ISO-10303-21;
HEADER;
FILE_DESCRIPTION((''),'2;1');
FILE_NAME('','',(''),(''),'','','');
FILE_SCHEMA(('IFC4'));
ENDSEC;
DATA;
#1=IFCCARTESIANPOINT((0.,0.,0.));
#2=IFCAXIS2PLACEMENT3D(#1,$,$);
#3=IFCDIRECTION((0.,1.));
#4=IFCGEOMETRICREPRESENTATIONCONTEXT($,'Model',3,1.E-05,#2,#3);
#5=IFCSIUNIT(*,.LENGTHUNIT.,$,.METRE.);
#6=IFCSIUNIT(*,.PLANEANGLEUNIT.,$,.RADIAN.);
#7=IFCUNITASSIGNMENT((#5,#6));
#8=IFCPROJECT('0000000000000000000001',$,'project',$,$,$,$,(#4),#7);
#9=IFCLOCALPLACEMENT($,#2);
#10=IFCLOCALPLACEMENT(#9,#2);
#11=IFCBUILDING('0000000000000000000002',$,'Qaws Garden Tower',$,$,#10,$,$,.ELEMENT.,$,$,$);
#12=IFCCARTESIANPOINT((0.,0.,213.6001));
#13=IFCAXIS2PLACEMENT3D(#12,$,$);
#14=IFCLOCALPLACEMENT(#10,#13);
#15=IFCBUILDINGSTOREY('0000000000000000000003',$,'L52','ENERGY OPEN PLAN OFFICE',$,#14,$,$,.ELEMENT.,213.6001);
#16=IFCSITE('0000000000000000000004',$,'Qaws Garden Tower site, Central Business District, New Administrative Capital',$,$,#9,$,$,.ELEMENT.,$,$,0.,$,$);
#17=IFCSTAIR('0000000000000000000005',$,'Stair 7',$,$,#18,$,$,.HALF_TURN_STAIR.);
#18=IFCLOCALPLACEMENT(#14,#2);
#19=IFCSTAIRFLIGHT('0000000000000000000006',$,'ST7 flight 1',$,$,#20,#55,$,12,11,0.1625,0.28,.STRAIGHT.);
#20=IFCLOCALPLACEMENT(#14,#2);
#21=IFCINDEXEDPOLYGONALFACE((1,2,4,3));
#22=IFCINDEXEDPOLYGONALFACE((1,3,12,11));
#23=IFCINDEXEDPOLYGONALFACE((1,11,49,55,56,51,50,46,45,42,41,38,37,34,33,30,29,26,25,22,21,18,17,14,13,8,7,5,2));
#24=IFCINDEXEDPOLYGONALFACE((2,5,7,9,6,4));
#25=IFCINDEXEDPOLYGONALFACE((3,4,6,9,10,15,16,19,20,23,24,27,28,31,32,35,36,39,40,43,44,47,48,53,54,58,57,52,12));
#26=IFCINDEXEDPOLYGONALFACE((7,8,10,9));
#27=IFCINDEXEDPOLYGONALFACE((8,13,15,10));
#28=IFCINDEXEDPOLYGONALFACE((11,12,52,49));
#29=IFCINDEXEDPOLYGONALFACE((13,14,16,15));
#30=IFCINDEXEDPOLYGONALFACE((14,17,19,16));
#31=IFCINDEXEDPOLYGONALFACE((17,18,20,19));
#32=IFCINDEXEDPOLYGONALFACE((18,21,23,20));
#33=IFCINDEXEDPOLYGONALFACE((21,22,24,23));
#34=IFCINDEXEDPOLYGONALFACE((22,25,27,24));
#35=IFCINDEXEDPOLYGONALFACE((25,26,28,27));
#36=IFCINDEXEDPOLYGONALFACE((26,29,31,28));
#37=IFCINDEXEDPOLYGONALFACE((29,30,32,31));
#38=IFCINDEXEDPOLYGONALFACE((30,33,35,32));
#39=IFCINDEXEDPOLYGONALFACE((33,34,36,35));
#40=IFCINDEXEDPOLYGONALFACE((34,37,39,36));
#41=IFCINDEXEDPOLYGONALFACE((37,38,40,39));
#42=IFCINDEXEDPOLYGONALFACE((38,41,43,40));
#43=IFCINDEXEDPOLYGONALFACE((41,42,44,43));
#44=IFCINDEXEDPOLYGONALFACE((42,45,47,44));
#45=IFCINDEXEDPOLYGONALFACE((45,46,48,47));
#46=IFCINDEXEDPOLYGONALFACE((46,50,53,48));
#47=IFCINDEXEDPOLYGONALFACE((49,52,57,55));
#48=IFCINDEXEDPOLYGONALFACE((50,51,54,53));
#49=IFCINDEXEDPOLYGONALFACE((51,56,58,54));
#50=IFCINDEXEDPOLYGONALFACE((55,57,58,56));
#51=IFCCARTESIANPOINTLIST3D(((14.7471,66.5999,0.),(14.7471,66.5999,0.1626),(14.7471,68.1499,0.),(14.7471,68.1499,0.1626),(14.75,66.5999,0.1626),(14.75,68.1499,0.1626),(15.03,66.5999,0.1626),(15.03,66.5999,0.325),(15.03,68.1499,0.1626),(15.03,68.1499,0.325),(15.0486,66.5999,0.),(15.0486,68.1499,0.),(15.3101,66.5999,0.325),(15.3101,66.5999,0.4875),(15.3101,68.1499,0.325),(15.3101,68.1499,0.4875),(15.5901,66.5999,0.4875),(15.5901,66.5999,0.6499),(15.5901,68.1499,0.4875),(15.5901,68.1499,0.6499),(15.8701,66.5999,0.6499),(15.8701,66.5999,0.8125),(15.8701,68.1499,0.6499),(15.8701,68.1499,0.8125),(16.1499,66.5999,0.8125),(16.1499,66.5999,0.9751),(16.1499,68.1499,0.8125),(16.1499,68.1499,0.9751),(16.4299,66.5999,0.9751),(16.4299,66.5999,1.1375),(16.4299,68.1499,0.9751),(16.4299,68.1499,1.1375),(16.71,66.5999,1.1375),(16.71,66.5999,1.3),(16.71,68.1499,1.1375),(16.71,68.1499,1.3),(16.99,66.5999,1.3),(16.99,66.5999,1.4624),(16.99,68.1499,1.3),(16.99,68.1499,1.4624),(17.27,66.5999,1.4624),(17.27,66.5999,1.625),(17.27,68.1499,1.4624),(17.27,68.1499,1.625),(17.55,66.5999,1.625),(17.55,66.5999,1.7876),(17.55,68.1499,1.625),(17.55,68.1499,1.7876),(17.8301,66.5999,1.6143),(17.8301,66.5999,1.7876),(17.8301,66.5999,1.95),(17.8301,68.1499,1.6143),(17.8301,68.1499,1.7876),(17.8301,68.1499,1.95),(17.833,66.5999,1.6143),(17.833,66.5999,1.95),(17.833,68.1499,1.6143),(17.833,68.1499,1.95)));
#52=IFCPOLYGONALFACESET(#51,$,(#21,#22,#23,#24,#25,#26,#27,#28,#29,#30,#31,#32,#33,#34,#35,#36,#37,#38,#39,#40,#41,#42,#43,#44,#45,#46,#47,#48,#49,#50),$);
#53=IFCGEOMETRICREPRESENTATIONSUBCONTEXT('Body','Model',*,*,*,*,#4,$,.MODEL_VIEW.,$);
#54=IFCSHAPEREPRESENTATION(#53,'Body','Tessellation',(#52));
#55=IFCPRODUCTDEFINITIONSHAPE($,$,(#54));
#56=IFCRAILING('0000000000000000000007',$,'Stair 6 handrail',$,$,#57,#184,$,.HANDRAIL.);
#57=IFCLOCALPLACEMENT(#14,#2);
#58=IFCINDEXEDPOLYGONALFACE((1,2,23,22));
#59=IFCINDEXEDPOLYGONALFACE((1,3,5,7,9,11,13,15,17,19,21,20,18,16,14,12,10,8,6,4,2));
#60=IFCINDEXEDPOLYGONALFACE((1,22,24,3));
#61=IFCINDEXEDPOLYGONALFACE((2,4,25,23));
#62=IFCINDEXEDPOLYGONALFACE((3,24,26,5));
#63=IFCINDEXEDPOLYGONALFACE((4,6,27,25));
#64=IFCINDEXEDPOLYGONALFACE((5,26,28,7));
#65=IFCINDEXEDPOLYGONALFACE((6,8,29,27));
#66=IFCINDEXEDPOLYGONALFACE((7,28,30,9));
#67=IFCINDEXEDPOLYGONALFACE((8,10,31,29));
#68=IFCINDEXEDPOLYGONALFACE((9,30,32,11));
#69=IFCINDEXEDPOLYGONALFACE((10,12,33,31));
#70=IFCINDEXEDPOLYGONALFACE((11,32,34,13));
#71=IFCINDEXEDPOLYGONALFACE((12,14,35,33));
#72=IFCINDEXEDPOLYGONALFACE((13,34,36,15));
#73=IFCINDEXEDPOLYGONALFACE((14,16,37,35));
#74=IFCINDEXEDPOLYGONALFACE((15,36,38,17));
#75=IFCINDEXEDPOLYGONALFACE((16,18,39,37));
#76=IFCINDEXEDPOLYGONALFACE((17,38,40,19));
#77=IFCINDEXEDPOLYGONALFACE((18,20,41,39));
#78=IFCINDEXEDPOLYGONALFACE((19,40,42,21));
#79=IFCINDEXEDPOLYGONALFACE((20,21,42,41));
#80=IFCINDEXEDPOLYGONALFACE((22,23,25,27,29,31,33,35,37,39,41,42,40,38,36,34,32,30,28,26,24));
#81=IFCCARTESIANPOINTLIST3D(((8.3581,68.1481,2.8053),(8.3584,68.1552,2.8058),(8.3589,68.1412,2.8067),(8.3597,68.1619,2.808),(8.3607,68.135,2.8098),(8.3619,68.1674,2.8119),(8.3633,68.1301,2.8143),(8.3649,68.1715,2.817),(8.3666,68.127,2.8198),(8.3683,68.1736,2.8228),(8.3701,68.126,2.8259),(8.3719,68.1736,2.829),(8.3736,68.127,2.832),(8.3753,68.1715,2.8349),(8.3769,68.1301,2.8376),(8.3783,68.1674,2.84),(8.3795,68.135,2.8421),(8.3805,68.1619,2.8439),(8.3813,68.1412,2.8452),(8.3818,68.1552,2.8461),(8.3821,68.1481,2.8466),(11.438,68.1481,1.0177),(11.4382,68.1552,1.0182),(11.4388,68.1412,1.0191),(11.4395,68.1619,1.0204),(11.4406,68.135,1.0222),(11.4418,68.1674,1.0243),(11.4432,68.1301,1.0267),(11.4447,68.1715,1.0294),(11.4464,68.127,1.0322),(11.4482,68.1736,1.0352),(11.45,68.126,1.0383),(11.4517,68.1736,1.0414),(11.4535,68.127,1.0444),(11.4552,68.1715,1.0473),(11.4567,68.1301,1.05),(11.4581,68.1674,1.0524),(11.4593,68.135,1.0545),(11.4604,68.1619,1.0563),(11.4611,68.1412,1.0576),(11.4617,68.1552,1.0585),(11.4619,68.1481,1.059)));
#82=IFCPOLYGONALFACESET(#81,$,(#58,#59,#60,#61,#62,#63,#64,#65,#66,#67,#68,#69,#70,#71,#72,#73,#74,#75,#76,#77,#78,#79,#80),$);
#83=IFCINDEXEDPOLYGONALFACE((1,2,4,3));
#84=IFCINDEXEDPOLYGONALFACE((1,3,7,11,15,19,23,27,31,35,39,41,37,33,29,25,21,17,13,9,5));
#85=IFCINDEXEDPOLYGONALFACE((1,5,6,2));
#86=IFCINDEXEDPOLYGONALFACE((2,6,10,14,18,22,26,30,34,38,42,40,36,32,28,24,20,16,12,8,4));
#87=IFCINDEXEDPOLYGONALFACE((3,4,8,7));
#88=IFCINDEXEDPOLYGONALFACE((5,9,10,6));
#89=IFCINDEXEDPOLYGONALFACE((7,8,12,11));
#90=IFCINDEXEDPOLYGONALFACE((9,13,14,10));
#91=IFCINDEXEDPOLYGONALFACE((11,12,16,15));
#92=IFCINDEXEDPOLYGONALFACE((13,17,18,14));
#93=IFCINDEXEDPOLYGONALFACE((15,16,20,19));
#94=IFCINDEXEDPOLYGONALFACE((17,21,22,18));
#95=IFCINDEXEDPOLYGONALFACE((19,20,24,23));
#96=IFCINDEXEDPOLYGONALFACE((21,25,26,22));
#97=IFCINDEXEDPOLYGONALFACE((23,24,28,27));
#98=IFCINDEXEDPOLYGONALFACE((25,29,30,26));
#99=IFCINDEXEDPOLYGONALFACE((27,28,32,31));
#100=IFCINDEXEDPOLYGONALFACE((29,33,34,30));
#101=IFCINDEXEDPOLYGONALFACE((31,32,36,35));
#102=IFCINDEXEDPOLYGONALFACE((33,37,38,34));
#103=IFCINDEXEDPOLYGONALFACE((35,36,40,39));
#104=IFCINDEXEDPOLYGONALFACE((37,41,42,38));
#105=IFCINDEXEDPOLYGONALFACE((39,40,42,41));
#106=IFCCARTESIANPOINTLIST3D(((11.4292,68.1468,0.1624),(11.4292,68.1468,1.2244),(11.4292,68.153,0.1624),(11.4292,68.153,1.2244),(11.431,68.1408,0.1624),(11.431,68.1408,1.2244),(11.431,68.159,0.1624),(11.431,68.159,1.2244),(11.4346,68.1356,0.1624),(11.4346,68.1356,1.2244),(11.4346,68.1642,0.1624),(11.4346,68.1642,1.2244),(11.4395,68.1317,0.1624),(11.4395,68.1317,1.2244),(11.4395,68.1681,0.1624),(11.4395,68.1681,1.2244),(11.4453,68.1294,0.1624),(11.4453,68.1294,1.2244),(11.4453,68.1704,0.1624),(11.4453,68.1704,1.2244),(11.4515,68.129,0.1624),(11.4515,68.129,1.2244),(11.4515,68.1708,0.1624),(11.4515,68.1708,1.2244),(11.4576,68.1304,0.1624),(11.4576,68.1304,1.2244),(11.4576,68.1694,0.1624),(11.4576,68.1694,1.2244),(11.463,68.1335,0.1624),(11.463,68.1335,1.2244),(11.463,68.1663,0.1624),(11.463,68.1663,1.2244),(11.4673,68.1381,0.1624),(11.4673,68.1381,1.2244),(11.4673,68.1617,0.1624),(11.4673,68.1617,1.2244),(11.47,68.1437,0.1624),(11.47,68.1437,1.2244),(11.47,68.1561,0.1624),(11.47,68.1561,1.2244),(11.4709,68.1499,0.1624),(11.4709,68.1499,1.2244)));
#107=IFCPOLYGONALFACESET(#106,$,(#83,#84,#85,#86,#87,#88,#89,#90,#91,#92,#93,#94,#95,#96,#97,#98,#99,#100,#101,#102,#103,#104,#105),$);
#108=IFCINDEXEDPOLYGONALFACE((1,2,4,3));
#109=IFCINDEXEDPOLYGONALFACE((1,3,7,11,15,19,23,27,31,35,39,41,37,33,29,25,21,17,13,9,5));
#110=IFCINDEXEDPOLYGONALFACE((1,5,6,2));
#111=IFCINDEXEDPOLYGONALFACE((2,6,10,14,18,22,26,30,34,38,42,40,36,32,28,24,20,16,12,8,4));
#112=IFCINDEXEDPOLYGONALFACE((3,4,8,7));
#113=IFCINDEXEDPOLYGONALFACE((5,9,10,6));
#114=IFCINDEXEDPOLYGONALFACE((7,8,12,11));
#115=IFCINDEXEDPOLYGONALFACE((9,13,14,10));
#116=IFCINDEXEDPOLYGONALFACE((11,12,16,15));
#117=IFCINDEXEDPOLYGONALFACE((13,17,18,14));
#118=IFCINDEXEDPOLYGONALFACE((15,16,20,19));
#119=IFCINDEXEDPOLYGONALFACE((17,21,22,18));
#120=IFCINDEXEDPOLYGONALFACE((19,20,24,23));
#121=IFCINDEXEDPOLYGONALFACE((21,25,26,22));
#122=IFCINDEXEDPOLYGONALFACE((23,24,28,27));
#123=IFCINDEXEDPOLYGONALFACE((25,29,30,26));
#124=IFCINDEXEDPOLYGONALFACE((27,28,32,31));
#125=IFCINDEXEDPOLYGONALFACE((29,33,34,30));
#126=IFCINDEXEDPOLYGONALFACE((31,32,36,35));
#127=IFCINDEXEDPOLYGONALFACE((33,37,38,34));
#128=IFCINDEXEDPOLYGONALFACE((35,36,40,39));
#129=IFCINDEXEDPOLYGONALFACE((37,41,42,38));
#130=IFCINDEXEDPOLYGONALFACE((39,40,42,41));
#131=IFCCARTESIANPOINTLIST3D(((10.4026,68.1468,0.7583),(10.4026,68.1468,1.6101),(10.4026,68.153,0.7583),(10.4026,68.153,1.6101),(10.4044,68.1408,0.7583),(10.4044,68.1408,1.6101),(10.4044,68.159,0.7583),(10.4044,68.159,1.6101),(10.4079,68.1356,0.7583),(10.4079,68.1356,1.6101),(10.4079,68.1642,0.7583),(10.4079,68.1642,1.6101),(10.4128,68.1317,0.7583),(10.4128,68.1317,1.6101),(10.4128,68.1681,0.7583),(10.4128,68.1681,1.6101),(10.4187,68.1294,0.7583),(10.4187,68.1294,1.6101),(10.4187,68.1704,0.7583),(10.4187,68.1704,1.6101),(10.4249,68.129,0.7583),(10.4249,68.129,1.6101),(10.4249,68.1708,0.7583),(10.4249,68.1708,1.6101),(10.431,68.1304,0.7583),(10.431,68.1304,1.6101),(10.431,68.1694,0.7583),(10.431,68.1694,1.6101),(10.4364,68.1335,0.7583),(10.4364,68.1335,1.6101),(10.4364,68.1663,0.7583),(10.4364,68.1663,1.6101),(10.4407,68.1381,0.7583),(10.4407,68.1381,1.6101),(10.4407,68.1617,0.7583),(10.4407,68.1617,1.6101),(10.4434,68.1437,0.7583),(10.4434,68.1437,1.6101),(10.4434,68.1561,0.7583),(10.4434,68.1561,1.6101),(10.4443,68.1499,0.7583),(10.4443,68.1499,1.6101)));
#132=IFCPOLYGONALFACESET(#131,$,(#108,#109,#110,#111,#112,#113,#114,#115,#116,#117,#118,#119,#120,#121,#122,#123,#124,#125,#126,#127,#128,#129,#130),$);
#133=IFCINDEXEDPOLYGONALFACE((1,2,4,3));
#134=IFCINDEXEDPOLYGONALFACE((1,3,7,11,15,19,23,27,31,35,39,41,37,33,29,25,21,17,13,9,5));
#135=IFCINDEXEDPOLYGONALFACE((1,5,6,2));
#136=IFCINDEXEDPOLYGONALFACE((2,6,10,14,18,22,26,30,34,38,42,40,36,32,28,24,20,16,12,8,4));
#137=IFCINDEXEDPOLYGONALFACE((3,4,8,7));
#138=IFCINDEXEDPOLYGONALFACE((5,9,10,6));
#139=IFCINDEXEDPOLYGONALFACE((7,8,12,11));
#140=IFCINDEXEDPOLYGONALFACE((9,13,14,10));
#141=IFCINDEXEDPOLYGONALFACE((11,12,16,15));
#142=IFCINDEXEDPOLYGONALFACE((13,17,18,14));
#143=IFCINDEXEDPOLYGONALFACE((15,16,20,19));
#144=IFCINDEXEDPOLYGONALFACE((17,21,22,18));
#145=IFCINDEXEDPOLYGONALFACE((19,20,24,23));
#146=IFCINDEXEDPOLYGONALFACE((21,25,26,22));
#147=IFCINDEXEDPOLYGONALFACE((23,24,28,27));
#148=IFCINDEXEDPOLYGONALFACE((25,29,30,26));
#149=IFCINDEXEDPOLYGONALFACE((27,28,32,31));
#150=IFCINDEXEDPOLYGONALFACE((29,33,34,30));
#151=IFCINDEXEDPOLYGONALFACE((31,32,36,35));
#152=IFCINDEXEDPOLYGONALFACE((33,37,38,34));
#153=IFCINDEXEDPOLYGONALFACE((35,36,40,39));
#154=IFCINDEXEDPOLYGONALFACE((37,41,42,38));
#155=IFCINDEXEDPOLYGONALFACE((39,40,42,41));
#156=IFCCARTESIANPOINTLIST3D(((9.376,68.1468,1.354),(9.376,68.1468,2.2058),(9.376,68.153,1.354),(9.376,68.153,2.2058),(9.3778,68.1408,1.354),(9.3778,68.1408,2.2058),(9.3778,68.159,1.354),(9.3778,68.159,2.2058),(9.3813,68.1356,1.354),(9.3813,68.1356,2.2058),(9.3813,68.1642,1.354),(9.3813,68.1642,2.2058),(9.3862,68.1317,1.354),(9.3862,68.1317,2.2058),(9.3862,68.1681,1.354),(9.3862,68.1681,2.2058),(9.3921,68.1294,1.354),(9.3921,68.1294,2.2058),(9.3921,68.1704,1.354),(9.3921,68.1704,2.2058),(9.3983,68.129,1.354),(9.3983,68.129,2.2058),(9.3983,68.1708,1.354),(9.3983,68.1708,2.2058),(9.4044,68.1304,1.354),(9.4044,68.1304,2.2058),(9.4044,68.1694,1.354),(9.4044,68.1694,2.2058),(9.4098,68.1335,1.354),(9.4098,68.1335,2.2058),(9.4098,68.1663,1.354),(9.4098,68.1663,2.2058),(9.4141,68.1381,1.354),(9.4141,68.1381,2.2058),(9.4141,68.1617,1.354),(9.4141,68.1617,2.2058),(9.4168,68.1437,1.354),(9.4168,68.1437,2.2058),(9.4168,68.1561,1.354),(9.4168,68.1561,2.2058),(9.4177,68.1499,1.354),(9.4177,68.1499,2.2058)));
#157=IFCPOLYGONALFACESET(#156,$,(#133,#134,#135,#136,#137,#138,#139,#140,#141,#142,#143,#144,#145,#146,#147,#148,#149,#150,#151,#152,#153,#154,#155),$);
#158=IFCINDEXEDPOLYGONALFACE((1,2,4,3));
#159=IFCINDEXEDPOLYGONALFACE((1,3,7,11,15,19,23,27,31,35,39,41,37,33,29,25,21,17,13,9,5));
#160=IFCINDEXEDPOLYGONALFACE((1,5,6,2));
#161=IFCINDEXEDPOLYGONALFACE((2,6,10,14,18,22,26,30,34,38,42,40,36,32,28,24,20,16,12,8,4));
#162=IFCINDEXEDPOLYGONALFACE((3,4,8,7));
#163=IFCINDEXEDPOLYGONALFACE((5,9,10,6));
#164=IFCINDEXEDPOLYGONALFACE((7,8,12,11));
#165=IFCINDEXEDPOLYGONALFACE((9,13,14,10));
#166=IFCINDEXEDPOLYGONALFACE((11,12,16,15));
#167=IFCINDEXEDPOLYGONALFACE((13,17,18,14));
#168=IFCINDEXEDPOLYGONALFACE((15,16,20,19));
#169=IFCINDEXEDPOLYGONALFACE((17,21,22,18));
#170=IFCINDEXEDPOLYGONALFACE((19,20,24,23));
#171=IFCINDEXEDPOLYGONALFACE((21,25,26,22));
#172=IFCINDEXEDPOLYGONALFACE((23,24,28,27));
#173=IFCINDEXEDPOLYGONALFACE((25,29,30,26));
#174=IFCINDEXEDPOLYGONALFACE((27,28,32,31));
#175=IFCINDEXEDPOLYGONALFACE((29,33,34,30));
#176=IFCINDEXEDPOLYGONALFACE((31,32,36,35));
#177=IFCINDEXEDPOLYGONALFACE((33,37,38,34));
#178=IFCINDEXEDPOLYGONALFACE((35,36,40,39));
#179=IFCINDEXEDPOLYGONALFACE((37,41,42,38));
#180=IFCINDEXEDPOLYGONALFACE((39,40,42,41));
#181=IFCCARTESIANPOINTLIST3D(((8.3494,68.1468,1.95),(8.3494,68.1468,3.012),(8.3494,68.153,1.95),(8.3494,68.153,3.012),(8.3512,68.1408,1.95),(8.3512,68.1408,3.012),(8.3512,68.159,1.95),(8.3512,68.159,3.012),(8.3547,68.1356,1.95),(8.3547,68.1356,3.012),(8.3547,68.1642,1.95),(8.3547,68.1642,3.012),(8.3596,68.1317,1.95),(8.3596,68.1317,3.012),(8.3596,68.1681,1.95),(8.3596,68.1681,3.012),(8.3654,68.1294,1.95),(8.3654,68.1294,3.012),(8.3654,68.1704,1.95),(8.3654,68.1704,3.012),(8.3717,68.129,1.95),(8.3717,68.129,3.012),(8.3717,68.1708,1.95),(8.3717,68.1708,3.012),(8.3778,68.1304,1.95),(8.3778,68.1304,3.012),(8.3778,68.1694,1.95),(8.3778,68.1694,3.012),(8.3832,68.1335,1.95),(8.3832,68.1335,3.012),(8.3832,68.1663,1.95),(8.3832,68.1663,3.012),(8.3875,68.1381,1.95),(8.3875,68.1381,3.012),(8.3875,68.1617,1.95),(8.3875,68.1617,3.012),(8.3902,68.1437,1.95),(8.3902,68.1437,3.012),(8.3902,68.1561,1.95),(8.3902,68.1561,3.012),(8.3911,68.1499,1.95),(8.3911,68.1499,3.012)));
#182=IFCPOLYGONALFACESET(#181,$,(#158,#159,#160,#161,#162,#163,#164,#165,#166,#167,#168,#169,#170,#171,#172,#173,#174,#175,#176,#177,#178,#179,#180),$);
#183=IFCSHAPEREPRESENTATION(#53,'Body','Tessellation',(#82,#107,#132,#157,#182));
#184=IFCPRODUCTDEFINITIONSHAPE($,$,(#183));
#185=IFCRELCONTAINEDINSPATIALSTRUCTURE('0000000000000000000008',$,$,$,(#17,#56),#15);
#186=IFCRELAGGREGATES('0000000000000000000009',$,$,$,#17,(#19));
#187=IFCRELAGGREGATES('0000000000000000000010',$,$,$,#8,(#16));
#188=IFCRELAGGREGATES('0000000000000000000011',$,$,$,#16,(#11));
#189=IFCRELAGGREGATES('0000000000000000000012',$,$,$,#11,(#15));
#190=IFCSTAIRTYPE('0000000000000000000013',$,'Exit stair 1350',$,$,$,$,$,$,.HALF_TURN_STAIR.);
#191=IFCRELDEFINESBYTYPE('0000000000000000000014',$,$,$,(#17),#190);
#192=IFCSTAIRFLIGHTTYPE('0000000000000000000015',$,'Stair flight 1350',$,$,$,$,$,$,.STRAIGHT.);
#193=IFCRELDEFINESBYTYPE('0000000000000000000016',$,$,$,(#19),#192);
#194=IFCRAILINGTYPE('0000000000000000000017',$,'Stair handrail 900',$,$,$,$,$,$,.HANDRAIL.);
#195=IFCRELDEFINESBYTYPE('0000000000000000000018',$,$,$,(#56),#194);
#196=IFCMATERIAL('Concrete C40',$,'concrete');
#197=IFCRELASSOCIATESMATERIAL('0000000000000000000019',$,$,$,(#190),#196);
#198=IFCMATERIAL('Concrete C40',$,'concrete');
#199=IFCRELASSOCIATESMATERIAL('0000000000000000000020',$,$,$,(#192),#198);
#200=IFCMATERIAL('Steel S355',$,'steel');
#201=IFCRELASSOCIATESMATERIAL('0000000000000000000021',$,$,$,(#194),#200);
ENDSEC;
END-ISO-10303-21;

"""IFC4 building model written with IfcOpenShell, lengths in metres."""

from ifc_helpers import new_model, si_unit, direction, frame, origin, origin_2d, place, context, subcontext, project, spatial, polyline, circle, outline, extrude, material, type_object, element, aggregate, save


model = new_model("IFC4")

# Units and contexts
model_context = context("Model", 3, precision=1e-05, world=origin(), true_north=direction((0.0, 1.0)))
body_context = subcontext(model_context, "Body", "Model", "MODEL_VIEW")
ifc_project = project(units=[si_unit("LENGTHUNIT", "METRE"), si_unit("PLANEANGLEUNIT", "RADIAN")], contexts=[model_context])

# Site, building, storey
site_placement = place(None, origin())
site = spatial("IfcSite", under=ifc_project, at=site_placement, Name="Qaws Garden Tower site, Central Business District, New Administrative Capital", CompositionType="ELEMENT", RefElevation=0.0)
building_placement = place(site_placement, origin())
building = spatial("IfcBuilding", under=site, at=building_placement, Name="Qaws Garden Tower", CompositionType="ELEMENT")
storey_placement = place(building_placement, frame((0.0, 0.0, 213.6001)))
storey = spatial("IfcBuildingStorey", under=building, at=storey_placement, Name="L52", Description="ENERGY OPEN PLAN OFFICE", CompositionType="ELEMENT", Elevation=213.6001)

# Shared definitions
ifc_material_1 = material(Name="Concrete C40", Category="concrete")
stair_type = type_object("IfcStairType", Name="Exit stair 1350", PredefinedType="HALF_TURN_STAIR", material=ifc_material_1)
placement = place(storey_placement, origin())
ifc_material_2 = material(Name="Concrete C40", Category="concrete")
stair_flight_type = type_object("IfcStairFlightType", Name="Stair flight 1350", PredefinedType="STRAIGHT", material=ifc_material_2)

# Stair, stair flight
stair_1 = element("IfcStair", 1, at=placement, inside=storey, type_object=stair_type, Name="Stair 7", PredefinedType="HALF_TURN_STAIR")
stair_flight_1_placement = place(storey_placement, frame((14.75, 67.375, 0.0), z_axis=(0.0, 0.0, 1.0), x_axis=(1.0, 0.0, 0.0)))
stair_flight_1 = element("IfcStairFlight", 2, at=stair_flight_1_placement, type_object=stair_flight_type, Name="ST7 flight 1", NumberOfRisers=12, NumberOfTreads=11, PredefinedType="STRAIGHT", RiserHeight=0.1625, TreadLength=0.28, context=body_context, shape_type="SweptSolid", body=[
    extrude(outline(polyline([(-0.0029, 0.0), (-0.0029, 0.1626), (0.0, 0.1626), (0.28, 0.1626), (0.28, 0.325), (0.5601, 0.325), (0.5601, 0.4875), (0.8401, 0.4875), (0.8401, 0.6499), (1.1201, 0.6499), (1.1201, 0.8125), (1.3999, 0.8125), (1.3999, 0.9751), (1.6799, 0.9751), (1.6799, 1.1375), (1.96, 1.1375), (1.96, 1.3), (2.24, 1.3), (2.24, 1.4624), (2.52, 1.4624), (2.52, 1.625), (2.8, 1.625), (2.8, 1.7876), (3.0801, 1.7876), (3.0801, 1.95), (3.083, 1.95), (3.083, 1.6143), (3.0801, 1.6143), (0.2986, 0.0), (-0.0029, 0.0)])), frame((0.0, 0.7749, 0.0), z_axis=(0.0, -1.0, 0.0), x_axis=(1.0, 0.0, 0.0)), (0.0, 0.0, 1.0), 1.55),
])
aggregate(stair_1, [stair_flight_1])

# Railing
ifc_material_3 = material(Name="Steel S355", Category="steel")
railing_type = type_object("IfcRailingType", Name="Stair handrail 900", PredefinedType="HANDRAIL", material=ifc_material_3)
railing_1_placement = place(storey_placement, frame((11.45, 68.1499, 0.1624)))
element("IfcRailing", 3, at=railing_1_placement, inside=storey, type_object=railing_type, Name="Stair 6 handrail", PredefinedType="HANDRAIL", context=body_context, shape_type="SweptSolid", body=[
    extrude(circle(Radius=0.0239, at=origin_2d()), frame((0.0, 0.0, 0.876), z_axis=(-0.864873, 0.0, 0.50199), x_axis=(0.0, -1.0, 0.0)), (0.0, 0.0, 1.0), 3.561),
    extrude(circle(Radius=0.021, at=origin_2d()), origin(), (0.0, 0.0, 1.0), 1.062),
    extrude(circle(Radius=0.021, at=origin_2d()), frame((-1.0266, 0.0, 0.5959)), (0.0, 0.0, 1.0), 0.8518),
    extrude(circle(Radius=0.021, at=origin_2d()), frame((-2.0532, 0.0, 1.1917)), (0.0, 0.0, 1.0), 0.8518),
    extrude(circle(Radius=0.021, at=origin_2d()), frame((-3.0798, 0.0, 1.7876)), (0.0, 0.0, 1.0), 1.062),
])

save(model, "model.ifc")
